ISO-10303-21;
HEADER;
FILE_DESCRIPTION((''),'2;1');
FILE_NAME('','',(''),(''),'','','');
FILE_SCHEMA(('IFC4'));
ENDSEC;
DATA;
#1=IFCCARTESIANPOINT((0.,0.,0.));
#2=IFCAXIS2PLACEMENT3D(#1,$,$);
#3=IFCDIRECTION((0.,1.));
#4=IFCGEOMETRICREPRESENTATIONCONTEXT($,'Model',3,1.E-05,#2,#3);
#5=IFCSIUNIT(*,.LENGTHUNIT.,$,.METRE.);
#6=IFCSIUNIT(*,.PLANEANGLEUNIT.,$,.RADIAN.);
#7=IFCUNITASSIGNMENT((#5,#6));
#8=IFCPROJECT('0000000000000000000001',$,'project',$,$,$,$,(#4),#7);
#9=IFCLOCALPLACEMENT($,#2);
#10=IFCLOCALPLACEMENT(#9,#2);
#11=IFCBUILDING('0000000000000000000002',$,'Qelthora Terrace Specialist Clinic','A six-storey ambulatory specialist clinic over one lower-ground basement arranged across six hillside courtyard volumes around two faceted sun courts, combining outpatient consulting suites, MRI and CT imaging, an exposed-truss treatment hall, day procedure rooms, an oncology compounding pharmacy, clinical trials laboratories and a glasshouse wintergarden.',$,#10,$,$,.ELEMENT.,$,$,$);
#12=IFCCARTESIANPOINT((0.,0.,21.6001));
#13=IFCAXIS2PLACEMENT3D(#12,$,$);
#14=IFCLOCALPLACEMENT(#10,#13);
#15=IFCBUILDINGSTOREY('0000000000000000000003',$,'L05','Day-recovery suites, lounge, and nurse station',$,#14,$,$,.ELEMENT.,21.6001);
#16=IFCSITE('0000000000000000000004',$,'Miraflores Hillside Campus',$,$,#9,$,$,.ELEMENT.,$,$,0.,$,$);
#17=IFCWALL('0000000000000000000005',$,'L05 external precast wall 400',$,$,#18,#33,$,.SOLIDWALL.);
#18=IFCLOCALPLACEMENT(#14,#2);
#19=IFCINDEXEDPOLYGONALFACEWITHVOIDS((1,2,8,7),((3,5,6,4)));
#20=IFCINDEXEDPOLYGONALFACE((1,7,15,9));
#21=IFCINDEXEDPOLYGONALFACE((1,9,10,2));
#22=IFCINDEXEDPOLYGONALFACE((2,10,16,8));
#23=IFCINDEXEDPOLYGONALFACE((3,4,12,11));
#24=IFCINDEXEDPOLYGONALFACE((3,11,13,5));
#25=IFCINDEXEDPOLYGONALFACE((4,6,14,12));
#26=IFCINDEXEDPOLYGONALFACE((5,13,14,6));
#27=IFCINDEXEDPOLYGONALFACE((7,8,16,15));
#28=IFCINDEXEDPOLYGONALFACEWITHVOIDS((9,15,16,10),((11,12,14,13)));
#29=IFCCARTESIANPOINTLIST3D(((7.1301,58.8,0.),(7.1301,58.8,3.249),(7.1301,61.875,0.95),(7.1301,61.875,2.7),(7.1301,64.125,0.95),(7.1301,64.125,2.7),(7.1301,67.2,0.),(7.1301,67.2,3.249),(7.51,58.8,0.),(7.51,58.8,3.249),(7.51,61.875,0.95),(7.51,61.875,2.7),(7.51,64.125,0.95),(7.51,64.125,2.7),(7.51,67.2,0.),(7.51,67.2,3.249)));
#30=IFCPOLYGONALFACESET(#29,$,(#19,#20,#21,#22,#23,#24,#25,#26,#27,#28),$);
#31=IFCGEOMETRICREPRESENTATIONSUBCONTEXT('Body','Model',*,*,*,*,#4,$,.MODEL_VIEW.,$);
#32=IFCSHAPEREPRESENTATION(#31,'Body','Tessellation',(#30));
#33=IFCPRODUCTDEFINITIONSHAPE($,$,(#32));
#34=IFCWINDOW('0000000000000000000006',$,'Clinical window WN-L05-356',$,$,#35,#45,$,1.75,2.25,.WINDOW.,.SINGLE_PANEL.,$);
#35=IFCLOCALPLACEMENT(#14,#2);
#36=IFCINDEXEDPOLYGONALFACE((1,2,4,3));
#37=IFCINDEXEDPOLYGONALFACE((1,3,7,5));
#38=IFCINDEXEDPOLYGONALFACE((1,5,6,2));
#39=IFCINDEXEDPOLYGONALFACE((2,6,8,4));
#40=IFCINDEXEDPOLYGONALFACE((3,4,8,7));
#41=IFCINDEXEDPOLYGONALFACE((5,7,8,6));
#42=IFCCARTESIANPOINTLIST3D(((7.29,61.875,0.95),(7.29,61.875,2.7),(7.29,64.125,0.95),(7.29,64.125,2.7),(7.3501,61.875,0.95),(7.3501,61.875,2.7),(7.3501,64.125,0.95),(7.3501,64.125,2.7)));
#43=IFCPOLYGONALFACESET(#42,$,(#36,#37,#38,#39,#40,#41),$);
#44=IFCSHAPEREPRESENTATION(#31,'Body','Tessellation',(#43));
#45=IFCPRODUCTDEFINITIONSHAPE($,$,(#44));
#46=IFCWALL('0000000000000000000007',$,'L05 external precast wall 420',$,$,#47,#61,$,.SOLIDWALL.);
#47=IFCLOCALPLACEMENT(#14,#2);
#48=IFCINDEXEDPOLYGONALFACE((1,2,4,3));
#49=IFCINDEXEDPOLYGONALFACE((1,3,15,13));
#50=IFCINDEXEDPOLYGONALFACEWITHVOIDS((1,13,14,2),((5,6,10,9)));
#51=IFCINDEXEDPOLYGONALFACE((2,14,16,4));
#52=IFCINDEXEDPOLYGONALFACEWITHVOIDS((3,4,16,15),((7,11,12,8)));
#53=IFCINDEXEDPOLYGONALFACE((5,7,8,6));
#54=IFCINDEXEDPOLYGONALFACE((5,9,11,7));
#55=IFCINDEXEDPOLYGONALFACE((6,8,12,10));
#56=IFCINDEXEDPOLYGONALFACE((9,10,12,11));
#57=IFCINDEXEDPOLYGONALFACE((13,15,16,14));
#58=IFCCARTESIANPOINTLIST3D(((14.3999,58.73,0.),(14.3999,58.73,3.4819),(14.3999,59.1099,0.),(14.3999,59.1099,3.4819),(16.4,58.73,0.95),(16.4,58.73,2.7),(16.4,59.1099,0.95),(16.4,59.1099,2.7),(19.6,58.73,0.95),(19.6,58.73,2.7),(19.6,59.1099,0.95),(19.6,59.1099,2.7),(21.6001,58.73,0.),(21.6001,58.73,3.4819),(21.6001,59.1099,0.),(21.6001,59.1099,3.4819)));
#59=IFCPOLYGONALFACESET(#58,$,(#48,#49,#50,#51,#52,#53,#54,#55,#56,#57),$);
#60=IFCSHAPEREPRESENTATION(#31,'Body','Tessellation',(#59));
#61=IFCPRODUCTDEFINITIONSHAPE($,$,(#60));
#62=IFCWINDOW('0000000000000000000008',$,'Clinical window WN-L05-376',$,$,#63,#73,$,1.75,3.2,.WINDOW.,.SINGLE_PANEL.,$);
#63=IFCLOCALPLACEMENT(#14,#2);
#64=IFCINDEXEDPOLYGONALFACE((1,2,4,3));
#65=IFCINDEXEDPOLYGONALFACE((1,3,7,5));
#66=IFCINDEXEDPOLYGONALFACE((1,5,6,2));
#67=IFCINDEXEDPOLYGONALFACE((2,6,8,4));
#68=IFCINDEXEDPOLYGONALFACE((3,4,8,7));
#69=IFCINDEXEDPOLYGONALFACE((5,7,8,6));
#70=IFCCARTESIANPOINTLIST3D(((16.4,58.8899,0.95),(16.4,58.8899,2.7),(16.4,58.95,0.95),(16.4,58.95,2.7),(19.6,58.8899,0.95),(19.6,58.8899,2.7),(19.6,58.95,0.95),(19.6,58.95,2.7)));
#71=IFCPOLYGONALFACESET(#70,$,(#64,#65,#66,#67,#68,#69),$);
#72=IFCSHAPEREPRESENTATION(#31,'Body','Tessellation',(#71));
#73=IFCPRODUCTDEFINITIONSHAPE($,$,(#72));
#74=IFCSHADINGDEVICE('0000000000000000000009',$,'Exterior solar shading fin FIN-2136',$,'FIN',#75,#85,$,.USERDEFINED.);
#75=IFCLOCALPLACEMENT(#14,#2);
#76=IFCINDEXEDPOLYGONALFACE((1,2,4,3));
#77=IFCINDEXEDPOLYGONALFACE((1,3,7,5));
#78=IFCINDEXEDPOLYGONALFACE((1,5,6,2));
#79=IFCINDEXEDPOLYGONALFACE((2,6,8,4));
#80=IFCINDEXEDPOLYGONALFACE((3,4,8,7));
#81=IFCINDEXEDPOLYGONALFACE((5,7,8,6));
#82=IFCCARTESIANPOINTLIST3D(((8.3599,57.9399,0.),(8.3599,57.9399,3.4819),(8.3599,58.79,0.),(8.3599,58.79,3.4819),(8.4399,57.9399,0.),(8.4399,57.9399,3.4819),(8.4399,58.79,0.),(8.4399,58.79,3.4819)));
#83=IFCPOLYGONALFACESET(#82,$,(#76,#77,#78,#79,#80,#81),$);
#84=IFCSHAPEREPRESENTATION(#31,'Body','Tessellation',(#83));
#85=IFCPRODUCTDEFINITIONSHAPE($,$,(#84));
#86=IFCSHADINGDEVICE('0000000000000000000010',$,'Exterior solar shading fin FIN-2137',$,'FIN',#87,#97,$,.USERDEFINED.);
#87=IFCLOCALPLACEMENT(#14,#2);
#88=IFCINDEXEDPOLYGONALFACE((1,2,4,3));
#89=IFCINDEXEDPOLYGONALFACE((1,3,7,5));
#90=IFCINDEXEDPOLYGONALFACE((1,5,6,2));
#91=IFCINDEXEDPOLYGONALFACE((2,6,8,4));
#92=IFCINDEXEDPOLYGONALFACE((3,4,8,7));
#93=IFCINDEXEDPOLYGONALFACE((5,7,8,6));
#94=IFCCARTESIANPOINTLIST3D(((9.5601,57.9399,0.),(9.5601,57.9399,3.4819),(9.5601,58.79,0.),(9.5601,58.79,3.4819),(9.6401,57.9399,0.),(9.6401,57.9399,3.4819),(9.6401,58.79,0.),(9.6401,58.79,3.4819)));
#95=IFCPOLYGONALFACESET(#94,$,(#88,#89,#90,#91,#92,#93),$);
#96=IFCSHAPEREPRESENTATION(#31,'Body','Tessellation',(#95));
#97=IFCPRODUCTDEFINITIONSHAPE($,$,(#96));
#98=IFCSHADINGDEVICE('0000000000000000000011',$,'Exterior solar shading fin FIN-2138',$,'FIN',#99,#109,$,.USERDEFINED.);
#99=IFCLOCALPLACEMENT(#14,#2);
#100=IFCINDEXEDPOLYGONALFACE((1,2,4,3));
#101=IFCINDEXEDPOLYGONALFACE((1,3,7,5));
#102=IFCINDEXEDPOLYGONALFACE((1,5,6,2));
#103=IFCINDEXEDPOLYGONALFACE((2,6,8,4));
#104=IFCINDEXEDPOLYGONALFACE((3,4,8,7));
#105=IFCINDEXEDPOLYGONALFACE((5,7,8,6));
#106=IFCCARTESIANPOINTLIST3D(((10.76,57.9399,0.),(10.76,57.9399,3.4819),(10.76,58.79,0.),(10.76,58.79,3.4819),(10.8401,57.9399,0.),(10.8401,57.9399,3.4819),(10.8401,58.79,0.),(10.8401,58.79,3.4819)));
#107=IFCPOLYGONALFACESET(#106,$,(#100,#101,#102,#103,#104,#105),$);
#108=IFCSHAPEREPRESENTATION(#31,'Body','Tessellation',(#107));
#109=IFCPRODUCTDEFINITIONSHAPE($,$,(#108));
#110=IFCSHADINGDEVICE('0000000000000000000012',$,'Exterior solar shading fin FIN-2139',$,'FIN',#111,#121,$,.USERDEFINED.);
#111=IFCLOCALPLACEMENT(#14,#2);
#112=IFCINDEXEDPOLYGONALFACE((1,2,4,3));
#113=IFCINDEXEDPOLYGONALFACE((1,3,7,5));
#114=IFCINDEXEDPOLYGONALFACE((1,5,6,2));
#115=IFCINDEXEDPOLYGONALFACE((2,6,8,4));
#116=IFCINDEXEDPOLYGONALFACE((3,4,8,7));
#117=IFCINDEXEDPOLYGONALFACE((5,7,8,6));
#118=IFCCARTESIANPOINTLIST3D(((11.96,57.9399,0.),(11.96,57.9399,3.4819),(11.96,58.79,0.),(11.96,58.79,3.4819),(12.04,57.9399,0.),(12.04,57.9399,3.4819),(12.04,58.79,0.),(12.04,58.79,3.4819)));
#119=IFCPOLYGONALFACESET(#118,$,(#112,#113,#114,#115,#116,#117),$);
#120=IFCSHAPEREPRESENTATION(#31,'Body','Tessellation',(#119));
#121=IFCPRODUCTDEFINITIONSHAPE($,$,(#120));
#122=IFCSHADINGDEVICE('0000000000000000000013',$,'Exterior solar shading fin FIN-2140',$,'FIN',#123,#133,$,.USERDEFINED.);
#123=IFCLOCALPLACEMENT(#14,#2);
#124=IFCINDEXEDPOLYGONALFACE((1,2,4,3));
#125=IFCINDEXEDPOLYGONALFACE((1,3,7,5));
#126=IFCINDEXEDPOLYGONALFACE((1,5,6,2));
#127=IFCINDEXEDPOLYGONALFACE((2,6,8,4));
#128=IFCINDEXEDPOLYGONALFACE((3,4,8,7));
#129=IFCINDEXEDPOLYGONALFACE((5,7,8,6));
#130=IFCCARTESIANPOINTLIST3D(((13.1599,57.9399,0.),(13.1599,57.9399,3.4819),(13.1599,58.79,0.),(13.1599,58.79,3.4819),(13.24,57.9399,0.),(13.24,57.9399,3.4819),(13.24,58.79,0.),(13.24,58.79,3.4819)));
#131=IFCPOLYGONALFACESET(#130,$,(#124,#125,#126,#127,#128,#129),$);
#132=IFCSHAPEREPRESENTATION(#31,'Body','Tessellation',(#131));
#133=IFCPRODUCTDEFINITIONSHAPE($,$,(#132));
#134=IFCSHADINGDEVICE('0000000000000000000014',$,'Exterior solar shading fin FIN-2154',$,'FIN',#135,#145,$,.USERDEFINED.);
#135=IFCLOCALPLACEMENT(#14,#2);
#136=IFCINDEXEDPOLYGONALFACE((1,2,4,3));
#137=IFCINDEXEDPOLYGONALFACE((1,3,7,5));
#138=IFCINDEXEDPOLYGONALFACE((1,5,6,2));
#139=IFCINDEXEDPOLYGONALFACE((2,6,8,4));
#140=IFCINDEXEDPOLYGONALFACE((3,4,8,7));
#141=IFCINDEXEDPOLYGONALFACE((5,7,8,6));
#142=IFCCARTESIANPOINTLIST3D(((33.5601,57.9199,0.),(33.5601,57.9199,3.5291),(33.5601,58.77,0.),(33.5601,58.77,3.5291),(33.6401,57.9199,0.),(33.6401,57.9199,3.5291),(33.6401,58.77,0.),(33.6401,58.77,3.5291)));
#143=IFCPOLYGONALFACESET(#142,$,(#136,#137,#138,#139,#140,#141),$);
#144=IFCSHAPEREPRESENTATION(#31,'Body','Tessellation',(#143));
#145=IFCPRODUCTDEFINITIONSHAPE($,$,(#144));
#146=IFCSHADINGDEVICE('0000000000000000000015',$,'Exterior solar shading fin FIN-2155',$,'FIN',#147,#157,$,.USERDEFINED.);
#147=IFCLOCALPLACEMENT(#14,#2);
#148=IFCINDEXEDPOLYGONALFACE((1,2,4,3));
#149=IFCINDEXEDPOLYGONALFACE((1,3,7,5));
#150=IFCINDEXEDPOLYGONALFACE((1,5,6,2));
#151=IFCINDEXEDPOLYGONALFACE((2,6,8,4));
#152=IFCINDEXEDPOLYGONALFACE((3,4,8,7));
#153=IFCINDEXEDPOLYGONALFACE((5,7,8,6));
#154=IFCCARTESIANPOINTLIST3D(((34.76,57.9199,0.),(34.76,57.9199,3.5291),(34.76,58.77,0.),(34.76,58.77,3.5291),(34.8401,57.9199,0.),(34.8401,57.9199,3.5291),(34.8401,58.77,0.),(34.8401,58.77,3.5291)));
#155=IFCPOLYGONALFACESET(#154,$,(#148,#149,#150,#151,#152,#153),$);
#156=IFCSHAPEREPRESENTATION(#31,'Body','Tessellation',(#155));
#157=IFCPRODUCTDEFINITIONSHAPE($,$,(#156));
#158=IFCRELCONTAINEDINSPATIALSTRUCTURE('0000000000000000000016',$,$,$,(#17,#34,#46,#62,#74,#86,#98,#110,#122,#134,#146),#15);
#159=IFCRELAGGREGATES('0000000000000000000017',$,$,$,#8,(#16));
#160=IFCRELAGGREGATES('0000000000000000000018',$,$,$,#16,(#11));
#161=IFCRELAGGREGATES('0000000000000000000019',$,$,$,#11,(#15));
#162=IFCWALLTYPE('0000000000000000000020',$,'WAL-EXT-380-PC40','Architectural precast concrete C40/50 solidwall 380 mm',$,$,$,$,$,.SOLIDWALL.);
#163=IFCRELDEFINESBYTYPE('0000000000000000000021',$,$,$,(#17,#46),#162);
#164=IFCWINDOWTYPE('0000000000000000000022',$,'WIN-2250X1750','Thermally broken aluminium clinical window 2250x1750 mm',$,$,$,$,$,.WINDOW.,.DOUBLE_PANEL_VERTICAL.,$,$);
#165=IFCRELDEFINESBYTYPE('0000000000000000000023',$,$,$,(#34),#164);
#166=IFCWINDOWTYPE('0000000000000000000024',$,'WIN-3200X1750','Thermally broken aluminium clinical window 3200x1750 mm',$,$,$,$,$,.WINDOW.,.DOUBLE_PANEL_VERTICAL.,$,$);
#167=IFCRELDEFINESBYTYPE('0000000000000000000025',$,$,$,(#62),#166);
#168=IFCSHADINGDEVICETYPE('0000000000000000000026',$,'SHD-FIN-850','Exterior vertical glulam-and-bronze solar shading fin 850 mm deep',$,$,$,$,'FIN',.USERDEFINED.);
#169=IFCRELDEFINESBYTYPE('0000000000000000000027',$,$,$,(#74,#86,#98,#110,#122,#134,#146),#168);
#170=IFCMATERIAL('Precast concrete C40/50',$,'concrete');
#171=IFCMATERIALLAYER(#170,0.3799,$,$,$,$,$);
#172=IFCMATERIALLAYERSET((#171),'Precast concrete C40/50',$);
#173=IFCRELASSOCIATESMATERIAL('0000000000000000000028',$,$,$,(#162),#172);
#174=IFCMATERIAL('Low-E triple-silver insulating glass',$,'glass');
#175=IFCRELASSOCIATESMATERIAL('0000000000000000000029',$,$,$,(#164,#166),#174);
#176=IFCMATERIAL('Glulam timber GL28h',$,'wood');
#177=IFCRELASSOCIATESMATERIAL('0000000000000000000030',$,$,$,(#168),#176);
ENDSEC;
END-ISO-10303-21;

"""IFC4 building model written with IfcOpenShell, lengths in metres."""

from ifc_helpers import new_model, si_unit, direction, frame, frame_2d, origin, origin_2d, place, context, subcontext, project, spatial, rectangle, extrude, material, layer, layer_set, type_object, element, fill, save


model = new_model("IFC4")

# Units and contexts
model_context = context("Model", 3, precision=1e-05, world=origin(), true_north=direction((0.0, 1.0)))
body_context = subcontext(model_context, "Body", "Model", "MODEL_VIEW")
ifc_project = project(units=[si_unit("LENGTHUNIT", "METRE"), si_unit("PLANEANGLEUNIT", "RADIAN")], contexts=[model_context])

# Site, building, storey
site_placement = place(None, origin())
site = spatial("IfcSite", under=ifc_project, at=site_placement, Name="Miraflores Hillside Campus", CompositionType="ELEMENT", RefElevation=0.0)
building_placement = place(site_placement, origin())
building = spatial("IfcBuilding", under=site, at=building_placement, Name="Qelthora Terrace Specialist Clinic", Description="A six-storey ambulatory specialist clinic over one lower-ground basement arranged across six hillside courtyard volumes around two faceted sun courts, combining outpatient consulting suites, MRI and CT imaging, an exposed-truss treatment hall, day procedure rooms, an oncology compounding pharmacy, clinical trials laboratories and a glasshouse wintergarden.", CompositionType="ELEMENT")
storey_placement = place(building_placement, frame((0.0, 0.0, 21.6001)))
storey = spatial("IfcBuildingStorey", under=building, at=storey_placement, Name="L05", Description="Day-recovery suites, lounge, and nurse station", CompositionType="ELEMENT", Elevation=21.6001)

# Walls, openings, windows
ifc_material_1 = material(Name="Precast concrete C40/50", Category="concrete")
ifc_material_2 = material(Name="Low-E triple-silver insulating glass", Category="glass")
ifc_layer_1 = layer(ifc_material_1, 0.3799)
ifc_layer_set_1 = layer_set([ifc_layer_1], Name="Precast concrete C40/50")
wall_type_1 = type_object("IfcWallType", Name="WAL-EXT-380-PC40", Description="Architectural precast concrete C40/50 solidwall 380 mm", PredefinedType="SOLIDWALL", material=ifc_layer_set_1)
wall_1_placement = place(storey_placement, frame((7.3201, 58.8, 0.0), z_axis=(0.0, 0.0, 1.0), x_axis=(0.0, 1.0, 0.0)))
wall_1 = element("IfcWall", 1, at=wall_1_placement, inside=storey, type_object=wall_type_1, Name="L05 external precast wall 400", PredefinedType="SOLIDWALL", context=body_context, shape_type="SweptSolid", body=[
    extrude(rectangle(XDim=8.3999, YDim=0.3799, at=frame_2d((4.2, 0.0))), origin(), (0.0, 0.0, 1.0), 3.249),
])
opening_1_placement = place(wall_1_placement, frame((3.075, 0.0, 0.95)))
opening_1 = element("IfcOpeningElement", 2, at=opening_1_placement, cuts=wall_1, PredefinedType="OPENING", context=body_context, shape_type="SweptSolid", body=[
    extrude(rectangle(XDim=2.25, YDim=1.75, at=frame_2d((1.125, 0.875))), frame((0.0, 0.2, 0.0), z_axis=(0.0, -1.0, 0.0), x_axis=(1.0, 0.0, 0.0)), (0.0, 0.0, 1.0), 0.3999),
])
window_type_1 = type_object("IfcWindowType", Name="WIN-2250X1750", Description="Thermally broken aluminium clinical window 2250x1750 mm", PartitioningType="DOUBLE_PANEL_VERTICAL", PredefinedType="WINDOW", material=ifc_material_2)
window_1_placement = place(opening_1_placement, origin())
window_1 = element("IfcWindow", 3, at=window_1_placement, inside=storey, type_object=window_type_1, Name="Clinical window WN-L05-356", OverallHeight=1.75, OverallWidth=2.25, PartitioningType="SINGLE_PANEL", PredefinedType="WINDOW", context=body_context, shape_type="SweptSolid", body=[
    extrude(rectangle(XDim=2.25, YDim=1.75, at=frame_2d((1.125, 0.875))), frame((0.0, 0.03, 0.0), z_axis=(0.0, -1.0, 0.0), x_axis=(1.0, 0.0, 0.0)), (0.0, 0.0, 1.0), 0.0601),
])
fill(opening_1, window_1)
wall_2_placement = place(storey_placement, frame((14.3999, 58.9199, 0.0), z_axis=(0.0, 0.0, 1.0), x_axis=(1.0, 0.0, 0.0)))
wall_2 = element("IfcWall", 4, at=wall_2_placement, inside=storey, type_object=wall_type_1, Name="L05 external precast wall 420", PredefinedType="SOLIDWALL", context=body_context, shape_type="SweptSolid", body=[
    extrude(rectangle(XDim=7.2002, YDim=0.3799, at=frame_2d((3.6001, 0.0))), origin(), (0.0, 0.0, 1.0), 3.4819),
])
opening_2_placement = place(wall_2_placement, frame((2.0, 0.0, 0.95)))
opening_2 = element("IfcOpeningElement", 5, at=opening_2_placement, cuts=wall_2, PredefinedType="OPENING", context=body_context, shape_type="SweptSolid", body=[
    extrude(rectangle(XDim=3.2, YDim=1.75, at=frame_2d((1.6001, 0.875))), frame((0.0, 0.2, 0.0), z_axis=(0.0, -1.0, 0.0), x_axis=(1.0, 0.0, 0.0)), (0.0, 0.0, 1.0), 0.3999),
])
window_type_2 = type_object("IfcWindowType", Name="WIN-3200X1750", Description="Thermally broken aluminium clinical window 3200x1750 mm", PartitioningType="DOUBLE_PANEL_VERTICAL", PredefinedType="WINDOW", material=ifc_material_2)
window_2_placement = place(opening_2_placement, origin())
window_2 = element("IfcWindow", 6, at=window_2_placement, inside=storey, type_object=window_type_2, Name="Clinical window WN-L05-376", OverallHeight=1.75, OverallWidth=3.2, PartitioningType="SINGLE_PANEL", PredefinedType="WINDOW", context=body_context, shape_type="SweptSolid", body=[
    extrude(rectangle(XDim=3.2, YDim=1.75, at=frame_2d((1.6001, 0.875))), frame((0.0, 0.03, 0.0), z_axis=(0.0, -1.0, 0.0), x_axis=(1.0, 0.0, 0.0)), (0.0, 0.0, 1.0), 0.0601),
])
fill(opening_2, window_2)

# Shading devices
ifc_material_3 = material(Name="Glulam timber GL28h", Category="wood")
shading_device_type = type_object("IfcShadingDeviceType", Name="SHD-FIN-850", Description="Exterior vertical glulam-and-bronze solar shading fin 850 mm deep", ElementType="FIN", PredefinedType="USERDEFINED", material=ifc_material_3)
for number, where, z_axis, x_axis, name in (
    (7, (8.3999, 58.365, 0.0), (0.0, 0.0, 1.0), (0.0, -1.0, 0.0), "Exterior solar shading fin FIN-2136"),
    (8, (9.6001, 58.365, 0.0), (0.0, 0.0, 1.0), (0.0, -1.0, 0.0), "Exterior solar shading fin FIN-2137"),
    (9, (10.8, 58.365, 0.0), (0.0, 0.0, 1.0), (0.0, -1.0, 0.0), "Exterior solar shading fin FIN-2138"),
    (10, (12.0, 58.365, 0.0), (0.0, 0.0, 1.0), (0.0, -1.0, 0.0), "Exterior solar shading fin FIN-2139"),
    (11, (13.2, 58.365, 0.0), (0.0, 0.0, 1.0), (0.0, -1.0, 0.0), "Exterior solar shading fin FIN-2140"),
):
    element("IfcShadingDevice", number, at=place(storey_placement, frame(where, z_axis=z_axis, x_axis=x_axis)), inside=storey, type_object=shading_device_type, Name=name, ObjectType="FIN", PredefinedType="USERDEFINED", context=body_context, shape_type="SweptSolid", body=[
        extrude(rectangle(XDim=0.8501, YDim=0.0801, at=origin_2d()), origin(), (0.0, 0.0, 1.0), 3.4819),
    ])
for number, where, z_axis, x_axis, name in (
    (12, (33.6001, 58.345, 0.0), (0.0, 0.0, 1.0), (0.0, -1.0, 0.0), "Exterior solar shading fin FIN-2154"),
    (13, (34.8, 58.345, 0.0), (0.0, 0.0, 1.0), (0.0, -1.0, 0.0), "Exterior solar shading fin FIN-2155"),
):
    element("IfcShadingDevice", number, at=place(storey_placement, frame(where, z_axis=z_axis, x_axis=x_axis)), inside=storey, type_object=shading_device_type, Name=name, ObjectType="FIN", PredefinedType="USERDEFINED", context=body_context, shape_type="SweptSolid", body=[
        extrude(rectangle(XDim=0.8501, YDim=0.0801, at=origin_2d()), origin(), (0.0, 0.0, 1.0), 3.5291),
    ])

save(model, "model.ifc")
